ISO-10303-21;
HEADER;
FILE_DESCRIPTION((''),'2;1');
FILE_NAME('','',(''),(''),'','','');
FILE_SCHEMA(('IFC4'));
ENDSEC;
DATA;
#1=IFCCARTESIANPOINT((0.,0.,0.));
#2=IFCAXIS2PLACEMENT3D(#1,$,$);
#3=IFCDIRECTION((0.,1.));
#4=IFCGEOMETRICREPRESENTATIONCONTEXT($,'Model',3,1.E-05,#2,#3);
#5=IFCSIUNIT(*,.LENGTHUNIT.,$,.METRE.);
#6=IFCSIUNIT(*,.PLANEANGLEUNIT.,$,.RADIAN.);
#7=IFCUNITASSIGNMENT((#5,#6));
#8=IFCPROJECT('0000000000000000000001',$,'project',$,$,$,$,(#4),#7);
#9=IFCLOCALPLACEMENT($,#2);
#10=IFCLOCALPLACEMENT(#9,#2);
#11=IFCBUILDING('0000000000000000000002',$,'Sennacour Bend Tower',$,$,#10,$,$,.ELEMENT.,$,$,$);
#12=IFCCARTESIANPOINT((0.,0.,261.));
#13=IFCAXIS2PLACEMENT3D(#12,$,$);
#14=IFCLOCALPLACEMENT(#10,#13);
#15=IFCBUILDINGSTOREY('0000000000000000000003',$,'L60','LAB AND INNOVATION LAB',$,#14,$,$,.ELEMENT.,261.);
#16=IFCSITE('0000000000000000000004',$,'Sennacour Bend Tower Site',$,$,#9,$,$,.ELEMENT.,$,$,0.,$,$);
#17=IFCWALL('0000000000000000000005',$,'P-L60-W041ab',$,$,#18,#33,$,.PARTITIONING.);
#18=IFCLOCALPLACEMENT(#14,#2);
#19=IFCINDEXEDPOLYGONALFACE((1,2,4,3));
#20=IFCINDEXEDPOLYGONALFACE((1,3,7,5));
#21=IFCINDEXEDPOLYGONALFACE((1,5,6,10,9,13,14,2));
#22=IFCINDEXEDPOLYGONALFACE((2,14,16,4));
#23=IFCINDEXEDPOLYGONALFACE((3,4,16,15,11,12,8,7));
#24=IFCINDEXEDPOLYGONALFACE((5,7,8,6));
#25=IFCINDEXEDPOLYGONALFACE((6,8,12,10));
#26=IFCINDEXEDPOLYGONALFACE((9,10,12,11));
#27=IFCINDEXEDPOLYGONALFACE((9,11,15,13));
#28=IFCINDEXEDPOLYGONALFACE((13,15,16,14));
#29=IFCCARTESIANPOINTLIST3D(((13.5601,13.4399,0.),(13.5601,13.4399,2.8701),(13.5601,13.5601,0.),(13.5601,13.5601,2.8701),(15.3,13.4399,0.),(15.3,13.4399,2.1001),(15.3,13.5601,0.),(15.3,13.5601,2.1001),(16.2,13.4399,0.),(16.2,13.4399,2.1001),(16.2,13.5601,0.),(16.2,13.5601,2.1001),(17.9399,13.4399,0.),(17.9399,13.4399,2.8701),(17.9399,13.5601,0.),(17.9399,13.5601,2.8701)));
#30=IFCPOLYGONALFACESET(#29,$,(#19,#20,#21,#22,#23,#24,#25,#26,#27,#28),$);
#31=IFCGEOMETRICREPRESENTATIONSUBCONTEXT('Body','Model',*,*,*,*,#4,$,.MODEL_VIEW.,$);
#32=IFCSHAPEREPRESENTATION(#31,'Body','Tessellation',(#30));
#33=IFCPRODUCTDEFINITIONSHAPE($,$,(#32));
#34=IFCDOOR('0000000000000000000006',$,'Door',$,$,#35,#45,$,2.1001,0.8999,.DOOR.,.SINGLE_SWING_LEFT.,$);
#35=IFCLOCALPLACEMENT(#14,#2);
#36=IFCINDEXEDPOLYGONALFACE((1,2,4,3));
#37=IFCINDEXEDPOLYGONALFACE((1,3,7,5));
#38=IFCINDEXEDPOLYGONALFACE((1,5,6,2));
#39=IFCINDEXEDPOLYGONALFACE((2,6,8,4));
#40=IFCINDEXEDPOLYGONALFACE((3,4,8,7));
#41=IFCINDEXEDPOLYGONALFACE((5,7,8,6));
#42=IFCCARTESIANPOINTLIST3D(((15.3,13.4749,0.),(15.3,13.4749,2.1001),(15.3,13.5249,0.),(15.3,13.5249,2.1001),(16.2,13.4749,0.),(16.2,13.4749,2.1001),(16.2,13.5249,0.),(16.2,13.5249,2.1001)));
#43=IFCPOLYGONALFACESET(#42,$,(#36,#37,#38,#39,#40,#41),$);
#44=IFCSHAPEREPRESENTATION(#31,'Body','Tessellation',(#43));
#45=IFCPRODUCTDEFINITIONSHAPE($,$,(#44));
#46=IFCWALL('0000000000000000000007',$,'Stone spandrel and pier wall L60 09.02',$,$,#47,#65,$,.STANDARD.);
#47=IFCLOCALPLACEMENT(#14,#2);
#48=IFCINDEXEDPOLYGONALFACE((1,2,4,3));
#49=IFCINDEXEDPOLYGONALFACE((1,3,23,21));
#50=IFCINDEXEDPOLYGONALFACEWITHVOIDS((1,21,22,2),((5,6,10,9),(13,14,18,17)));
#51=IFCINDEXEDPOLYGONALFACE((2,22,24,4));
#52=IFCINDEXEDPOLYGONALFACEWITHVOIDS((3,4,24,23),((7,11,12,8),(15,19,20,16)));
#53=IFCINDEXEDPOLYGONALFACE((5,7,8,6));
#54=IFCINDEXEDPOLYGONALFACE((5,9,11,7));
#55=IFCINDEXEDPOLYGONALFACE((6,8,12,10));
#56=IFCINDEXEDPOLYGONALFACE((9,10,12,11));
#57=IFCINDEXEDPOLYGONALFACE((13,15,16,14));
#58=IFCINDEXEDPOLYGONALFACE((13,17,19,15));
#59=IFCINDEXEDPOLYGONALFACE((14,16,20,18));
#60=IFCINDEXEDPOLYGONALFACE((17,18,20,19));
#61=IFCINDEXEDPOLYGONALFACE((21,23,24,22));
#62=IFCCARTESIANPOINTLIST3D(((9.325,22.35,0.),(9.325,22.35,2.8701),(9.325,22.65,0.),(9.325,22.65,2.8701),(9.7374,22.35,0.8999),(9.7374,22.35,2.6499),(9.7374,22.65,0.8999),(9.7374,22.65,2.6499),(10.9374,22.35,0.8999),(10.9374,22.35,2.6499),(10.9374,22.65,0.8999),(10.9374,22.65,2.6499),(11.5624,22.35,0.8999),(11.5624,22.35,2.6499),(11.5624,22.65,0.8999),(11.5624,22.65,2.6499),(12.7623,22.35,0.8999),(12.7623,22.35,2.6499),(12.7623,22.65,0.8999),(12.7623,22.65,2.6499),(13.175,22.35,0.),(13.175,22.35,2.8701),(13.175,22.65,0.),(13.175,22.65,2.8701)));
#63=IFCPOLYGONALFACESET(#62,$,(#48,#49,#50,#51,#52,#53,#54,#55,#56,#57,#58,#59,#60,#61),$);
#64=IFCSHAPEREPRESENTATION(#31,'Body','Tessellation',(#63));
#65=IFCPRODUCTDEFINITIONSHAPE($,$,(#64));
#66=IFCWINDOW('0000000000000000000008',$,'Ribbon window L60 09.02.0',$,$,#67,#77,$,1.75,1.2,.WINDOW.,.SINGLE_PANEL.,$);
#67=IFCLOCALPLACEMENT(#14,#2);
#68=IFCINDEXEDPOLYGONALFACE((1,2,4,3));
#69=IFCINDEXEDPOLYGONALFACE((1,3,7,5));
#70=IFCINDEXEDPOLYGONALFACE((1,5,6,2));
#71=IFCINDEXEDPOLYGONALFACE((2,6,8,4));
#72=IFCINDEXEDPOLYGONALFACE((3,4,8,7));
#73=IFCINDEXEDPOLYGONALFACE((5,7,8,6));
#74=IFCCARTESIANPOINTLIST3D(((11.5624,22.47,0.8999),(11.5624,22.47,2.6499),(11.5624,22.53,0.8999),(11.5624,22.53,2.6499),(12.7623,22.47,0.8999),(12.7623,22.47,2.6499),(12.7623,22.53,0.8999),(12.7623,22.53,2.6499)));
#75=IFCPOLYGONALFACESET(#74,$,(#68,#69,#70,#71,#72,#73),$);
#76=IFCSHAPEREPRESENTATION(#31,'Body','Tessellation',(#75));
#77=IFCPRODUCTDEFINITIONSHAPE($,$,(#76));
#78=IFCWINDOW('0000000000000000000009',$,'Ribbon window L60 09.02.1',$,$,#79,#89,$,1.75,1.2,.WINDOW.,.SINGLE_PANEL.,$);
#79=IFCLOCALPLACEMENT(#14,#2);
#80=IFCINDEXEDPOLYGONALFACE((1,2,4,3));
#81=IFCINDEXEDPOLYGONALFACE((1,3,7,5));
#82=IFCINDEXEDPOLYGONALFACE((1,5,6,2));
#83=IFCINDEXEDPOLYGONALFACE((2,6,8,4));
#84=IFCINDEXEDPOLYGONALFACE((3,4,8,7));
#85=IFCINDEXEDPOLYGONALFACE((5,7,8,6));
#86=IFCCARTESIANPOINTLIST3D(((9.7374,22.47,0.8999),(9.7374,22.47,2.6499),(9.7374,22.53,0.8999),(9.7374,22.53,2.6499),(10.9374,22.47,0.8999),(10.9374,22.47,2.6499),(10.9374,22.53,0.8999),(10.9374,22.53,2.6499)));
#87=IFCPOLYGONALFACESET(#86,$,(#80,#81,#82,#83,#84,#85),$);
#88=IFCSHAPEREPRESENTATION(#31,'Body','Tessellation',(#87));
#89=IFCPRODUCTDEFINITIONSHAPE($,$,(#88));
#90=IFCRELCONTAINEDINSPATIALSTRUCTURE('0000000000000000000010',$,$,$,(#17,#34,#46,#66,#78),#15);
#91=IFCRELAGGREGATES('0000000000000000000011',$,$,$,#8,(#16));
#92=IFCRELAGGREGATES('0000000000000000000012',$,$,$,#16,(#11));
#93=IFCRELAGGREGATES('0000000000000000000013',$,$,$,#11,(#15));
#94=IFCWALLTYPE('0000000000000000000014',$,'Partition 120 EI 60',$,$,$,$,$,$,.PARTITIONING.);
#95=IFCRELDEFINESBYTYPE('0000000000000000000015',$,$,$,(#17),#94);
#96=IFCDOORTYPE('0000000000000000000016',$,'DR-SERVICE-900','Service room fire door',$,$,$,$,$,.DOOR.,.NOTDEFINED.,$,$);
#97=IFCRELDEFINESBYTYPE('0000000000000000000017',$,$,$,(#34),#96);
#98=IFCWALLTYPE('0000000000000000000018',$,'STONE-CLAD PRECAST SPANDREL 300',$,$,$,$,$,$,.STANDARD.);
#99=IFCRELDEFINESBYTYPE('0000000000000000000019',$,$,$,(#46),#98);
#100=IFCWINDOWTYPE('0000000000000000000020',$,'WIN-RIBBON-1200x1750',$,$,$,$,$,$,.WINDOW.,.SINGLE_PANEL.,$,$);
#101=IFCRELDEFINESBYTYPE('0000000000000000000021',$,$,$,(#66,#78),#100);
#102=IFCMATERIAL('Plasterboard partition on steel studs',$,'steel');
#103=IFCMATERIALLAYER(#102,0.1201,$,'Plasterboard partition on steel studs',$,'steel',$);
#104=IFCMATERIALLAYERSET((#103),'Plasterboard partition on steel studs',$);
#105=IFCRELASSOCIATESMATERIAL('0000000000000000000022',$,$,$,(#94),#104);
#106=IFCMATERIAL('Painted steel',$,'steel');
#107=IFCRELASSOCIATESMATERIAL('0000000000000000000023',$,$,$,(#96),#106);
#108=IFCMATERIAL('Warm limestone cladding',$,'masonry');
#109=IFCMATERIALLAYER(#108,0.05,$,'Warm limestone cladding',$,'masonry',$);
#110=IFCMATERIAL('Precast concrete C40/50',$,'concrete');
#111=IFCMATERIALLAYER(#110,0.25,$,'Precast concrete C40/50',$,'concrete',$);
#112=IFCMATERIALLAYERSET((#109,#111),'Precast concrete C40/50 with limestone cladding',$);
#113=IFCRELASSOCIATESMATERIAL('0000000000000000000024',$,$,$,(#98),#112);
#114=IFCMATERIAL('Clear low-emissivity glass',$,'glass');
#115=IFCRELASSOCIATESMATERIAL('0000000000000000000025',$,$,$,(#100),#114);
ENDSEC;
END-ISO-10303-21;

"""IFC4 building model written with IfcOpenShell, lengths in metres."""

from ifc_helpers import new_model, si_unit, direction, frame, frame_2d, origin, place, context, subcontext, project, spatial, rectangle, extrude, material, layer, layer_set, type_object, element, fill, save


model = new_model("IFC4")

# Units and contexts
model_context = context("Model", 3, precision=1e-05, world=origin(), true_north=direction((0.0, 1.0)))
body_context = subcontext(model_context, "Body", "Model", "MODEL_VIEW")
ifc_project = project(units=[si_unit("LENGTHUNIT", "METRE"), si_unit("PLANEANGLEUNIT", "RADIAN")], contexts=[model_context])

# Site, building, storey
site_placement = place(None, origin())
site = spatial("IfcSite", under=ifc_project, at=site_placement, Name="Sennacour Bend Tower Site", CompositionType="ELEMENT", RefElevation=0.0)
building_placement = place(site_placement, origin())
building = spatial("IfcBuilding", under=site, at=building_placement, Name="Sennacour Bend Tower", CompositionType="ELEMENT")
storey_placement = place(building_placement, frame((0.0, 0.0, 261.0)))
storey = spatial("IfcBuildingStorey", under=building, at=storey_placement, Name="L60", Description="LAB AND INNOVATION LAB", CompositionType="ELEMENT", Elevation=261.0)

# Shared definitions
ifc_material_1 = material(Name="Plasterboard partition on steel studs", Category="steel")

# Wall, opening, door
ifc_layer_1 = layer(ifc_material_1, 0.1201, Name="Plasterboard partition on steel studs", Category="steel")
ifc_layer_set_1 = layer_set([ifc_layer_1], Name="Plasterboard partition on steel studs")
wall_type_1 = type_object("IfcWallType", Name="Partition 120 EI 60", PredefinedType="PARTITIONING", material=ifc_layer_set_1)
ifc_material_2 = material(Name="Painted steel", Category="steel")
door_type_1 = type_object("IfcDoorType", Name="DR-SERVICE-900", Description="Service room fire door", OperationType="NOTDEFINED", PredefinedType="DOOR", material=ifc_material_2)
wall_1_placement = place(storey_placement, frame((13.5601, 13.5, 0.0), z_axis=(0.0, 0.0, 1.0), x_axis=(1.0, 0.0, 0.0)))
wall_1 = element("IfcWall", 1, at=wall_1_placement, inside=storey, type_object=wall_type_1, Name="P-L60-W041ab", PredefinedType="PARTITIONING", context=body_context, shape_type="SweptSolid", body=[
    extrude(rectangle(XDim=4.3799, YDim=0.1201, at=frame_2d((2.1899, 0.0))), origin(), (0.0, 0.0, 1.0), 2.8701),
])
opening_1_placement = place(wall_1_placement, frame((1.74, 0.0, 0.0)))
opening_1 = element("IfcOpeningElement", 2, at=opening_1_placement, cuts=wall_1, PredefinedType="OPENING", context=body_context, shape_type="SweptSolid", body=[
    extrude(rectangle(XDim=0.8999, YDim=2.1001, at=frame_2d((0.45, 1.05))), frame((0.0, 0.0701, 0.0), z_axis=(0.0, -1.0, 0.0), x_axis=(1.0, 0.0, 0.0)), (0.0, 0.0, 1.0), 0.1401),
])
door_1_placement = place(opening_1_placement, origin())
door_1 = element("IfcDoor", 3, at=door_1_placement, inside=storey, type_object=door_type_1, Name="Door", OperationType="SINGLE_SWING_LEFT", OverallHeight=2.1001, OverallWidth=0.8999, PredefinedType="DOOR", context=body_context, shape_type="SweptSolid", body=[
    extrude(rectangle(XDim=0.8999, YDim=2.1001, at=frame_2d((0.45, 1.05))), frame((0.0, 0.0249, 0.0), z_axis=(0.0, -1.0, 0.0), x_axis=(1.0, 0.0, 0.0)), (0.0, 0.0, 1.0), 0.05),
])
fill(opening_1, door_1)

# Wall, openings, windows
ifc_material_3 = material(Name="Warm limestone cladding", Category="masonry")
ifc_layer_2 = layer(ifc_material_3, 0.05, Name="Warm limestone cladding", Category="masonry")
ifc_material_4 = material(Name="Precast concrete C40/50", Category="concrete")
ifc_layer_3 = layer(ifc_material_4, 0.25, Name="Precast concrete C40/50", Category="concrete")
ifc_layer_set_2 = layer_set([ifc_layer_2, ifc_layer_3], Name="Precast concrete C40/50 with limestone cladding")
wall_type_2 = type_object("IfcWallType", Name="STONE-CLAD PRECAST SPANDREL 300", PredefinedType="STANDARD", material=ifc_layer_set_2)
wall_2_placement = place(storey_placement, frame((13.175, 22.5, 0.0), z_axis=(0.0, 0.0, 1.0), x_axis=(-1.0, 0.0, 0.0)))
wall_2 = element("IfcWall", 4, at=wall_2_placement, inside=storey, type_object=wall_type_2, Name="Stone spandrel and pier wall L60 09.02", PredefinedType="STANDARD", context=body_context, shape_type="SweptSolid", body=[
    extrude(rectangle(XDim=3.8501, YDim=0.3, at=frame_2d((1.925, 0.0))), origin(), (0.0, 0.0, 1.0), 2.8701),
])
opening_2_placement = place(wall_2_placement, frame((0.4126, 0.0, 0.8999)))
opening_2 = element("IfcOpeningElement", 5, at=opening_2_placement, cuts=wall_2, PredefinedType="OPENING", context=body_context, shape_type="SweptSolid", body=[
    extrude(rectangle(XDim=1.2, YDim=1.75, at=frame_2d((0.6001, 0.875))), frame((0.0, 0.1602, 0.0), z_axis=(0.0, -1.0, 0.0), x_axis=(1.0, 0.0, 0.0)), (0.0, 0.0, 1.0), 0.3201),
])
opening_3_placement = place(wall_2_placement, frame((2.2375, 0.0, 0.8999)))
opening_3 = element("IfcOpeningElement", 6, at=opening_3_placement, cuts=wall_2, PredefinedType="OPENING", context=body_context, shape_type="SweptSolid", body=[
    extrude(rectangle(XDim=1.2, YDim=1.75, at=frame_2d((0.6001, 0.875))), frame((0.0, 0.1602, 0.0), z_axis=(0.0, -1.0, 0.0), x_axis=(1.0, 0.0, 0.0)), (0.0, 0.0, 1.0), 0.3201),
])
ifc_material_5 = material(Name="Clear low-emissivity glass", Category="glass")
window_type = type_object("IfcWindowType", Name="WIN-RIBBON-1200x1750", PartitioningType="SINGLE_PANEL", PredefinedType="WINDOW", material=ifc_material_5)
window_1_placement = place(opening_2_placement, origin())
window_1 = element("IfcWindow", 7, at=window_1_placement, inside=storey, type_object=window_type, Name="Ribbon window L60 09.02.0", OverallHeight=1.75, OverallWidth=1.2, PartitioningType="SINGLE_PANEL", PredefinedType="WINDOW", context=body_context, shape_type="SweptSolid", body=[
    extrude(rectangle(XDim=1.2, YDim=1.75, at=frame_2d((0.6001, 0.875))), frame((0.0, 0.03, 0.0), z_axis=(0.0, -1.0, 0.0), x_axis=(1.0, 0.0, 0.0)), (0.0, 0.0, 1.0), 0.0601),
])
fill(opening_2, window_1)
window_2_placement = place(opening_3_placement, origin())
window_2 = element("IfcWindow", 8, at=window_2_placement, inside=storey, type_object=window_type, Name="Ribbon window L60 09.02.1", OverallHeight=1.75, OverallWidth=1.2, PartitioningType="SINGLE_PANEL", PredefinedType="WINDOW", context=body_context, shape_type="SweptSolid", body=[
    extrude(rectangle(XDim=1.2, YDim=1.75, at=frame_2d((0.6001, 0.875))), frame((0.0, 0.03, 0.0), z_axis=(0.0, -1.0, 0.0), x_axis=(1.0, 0.0, 0.0)), (0.0, 0.0, 1.0), 0.0601),
])
fill(opening_3, window_2)

save(model, "model.ifc")
